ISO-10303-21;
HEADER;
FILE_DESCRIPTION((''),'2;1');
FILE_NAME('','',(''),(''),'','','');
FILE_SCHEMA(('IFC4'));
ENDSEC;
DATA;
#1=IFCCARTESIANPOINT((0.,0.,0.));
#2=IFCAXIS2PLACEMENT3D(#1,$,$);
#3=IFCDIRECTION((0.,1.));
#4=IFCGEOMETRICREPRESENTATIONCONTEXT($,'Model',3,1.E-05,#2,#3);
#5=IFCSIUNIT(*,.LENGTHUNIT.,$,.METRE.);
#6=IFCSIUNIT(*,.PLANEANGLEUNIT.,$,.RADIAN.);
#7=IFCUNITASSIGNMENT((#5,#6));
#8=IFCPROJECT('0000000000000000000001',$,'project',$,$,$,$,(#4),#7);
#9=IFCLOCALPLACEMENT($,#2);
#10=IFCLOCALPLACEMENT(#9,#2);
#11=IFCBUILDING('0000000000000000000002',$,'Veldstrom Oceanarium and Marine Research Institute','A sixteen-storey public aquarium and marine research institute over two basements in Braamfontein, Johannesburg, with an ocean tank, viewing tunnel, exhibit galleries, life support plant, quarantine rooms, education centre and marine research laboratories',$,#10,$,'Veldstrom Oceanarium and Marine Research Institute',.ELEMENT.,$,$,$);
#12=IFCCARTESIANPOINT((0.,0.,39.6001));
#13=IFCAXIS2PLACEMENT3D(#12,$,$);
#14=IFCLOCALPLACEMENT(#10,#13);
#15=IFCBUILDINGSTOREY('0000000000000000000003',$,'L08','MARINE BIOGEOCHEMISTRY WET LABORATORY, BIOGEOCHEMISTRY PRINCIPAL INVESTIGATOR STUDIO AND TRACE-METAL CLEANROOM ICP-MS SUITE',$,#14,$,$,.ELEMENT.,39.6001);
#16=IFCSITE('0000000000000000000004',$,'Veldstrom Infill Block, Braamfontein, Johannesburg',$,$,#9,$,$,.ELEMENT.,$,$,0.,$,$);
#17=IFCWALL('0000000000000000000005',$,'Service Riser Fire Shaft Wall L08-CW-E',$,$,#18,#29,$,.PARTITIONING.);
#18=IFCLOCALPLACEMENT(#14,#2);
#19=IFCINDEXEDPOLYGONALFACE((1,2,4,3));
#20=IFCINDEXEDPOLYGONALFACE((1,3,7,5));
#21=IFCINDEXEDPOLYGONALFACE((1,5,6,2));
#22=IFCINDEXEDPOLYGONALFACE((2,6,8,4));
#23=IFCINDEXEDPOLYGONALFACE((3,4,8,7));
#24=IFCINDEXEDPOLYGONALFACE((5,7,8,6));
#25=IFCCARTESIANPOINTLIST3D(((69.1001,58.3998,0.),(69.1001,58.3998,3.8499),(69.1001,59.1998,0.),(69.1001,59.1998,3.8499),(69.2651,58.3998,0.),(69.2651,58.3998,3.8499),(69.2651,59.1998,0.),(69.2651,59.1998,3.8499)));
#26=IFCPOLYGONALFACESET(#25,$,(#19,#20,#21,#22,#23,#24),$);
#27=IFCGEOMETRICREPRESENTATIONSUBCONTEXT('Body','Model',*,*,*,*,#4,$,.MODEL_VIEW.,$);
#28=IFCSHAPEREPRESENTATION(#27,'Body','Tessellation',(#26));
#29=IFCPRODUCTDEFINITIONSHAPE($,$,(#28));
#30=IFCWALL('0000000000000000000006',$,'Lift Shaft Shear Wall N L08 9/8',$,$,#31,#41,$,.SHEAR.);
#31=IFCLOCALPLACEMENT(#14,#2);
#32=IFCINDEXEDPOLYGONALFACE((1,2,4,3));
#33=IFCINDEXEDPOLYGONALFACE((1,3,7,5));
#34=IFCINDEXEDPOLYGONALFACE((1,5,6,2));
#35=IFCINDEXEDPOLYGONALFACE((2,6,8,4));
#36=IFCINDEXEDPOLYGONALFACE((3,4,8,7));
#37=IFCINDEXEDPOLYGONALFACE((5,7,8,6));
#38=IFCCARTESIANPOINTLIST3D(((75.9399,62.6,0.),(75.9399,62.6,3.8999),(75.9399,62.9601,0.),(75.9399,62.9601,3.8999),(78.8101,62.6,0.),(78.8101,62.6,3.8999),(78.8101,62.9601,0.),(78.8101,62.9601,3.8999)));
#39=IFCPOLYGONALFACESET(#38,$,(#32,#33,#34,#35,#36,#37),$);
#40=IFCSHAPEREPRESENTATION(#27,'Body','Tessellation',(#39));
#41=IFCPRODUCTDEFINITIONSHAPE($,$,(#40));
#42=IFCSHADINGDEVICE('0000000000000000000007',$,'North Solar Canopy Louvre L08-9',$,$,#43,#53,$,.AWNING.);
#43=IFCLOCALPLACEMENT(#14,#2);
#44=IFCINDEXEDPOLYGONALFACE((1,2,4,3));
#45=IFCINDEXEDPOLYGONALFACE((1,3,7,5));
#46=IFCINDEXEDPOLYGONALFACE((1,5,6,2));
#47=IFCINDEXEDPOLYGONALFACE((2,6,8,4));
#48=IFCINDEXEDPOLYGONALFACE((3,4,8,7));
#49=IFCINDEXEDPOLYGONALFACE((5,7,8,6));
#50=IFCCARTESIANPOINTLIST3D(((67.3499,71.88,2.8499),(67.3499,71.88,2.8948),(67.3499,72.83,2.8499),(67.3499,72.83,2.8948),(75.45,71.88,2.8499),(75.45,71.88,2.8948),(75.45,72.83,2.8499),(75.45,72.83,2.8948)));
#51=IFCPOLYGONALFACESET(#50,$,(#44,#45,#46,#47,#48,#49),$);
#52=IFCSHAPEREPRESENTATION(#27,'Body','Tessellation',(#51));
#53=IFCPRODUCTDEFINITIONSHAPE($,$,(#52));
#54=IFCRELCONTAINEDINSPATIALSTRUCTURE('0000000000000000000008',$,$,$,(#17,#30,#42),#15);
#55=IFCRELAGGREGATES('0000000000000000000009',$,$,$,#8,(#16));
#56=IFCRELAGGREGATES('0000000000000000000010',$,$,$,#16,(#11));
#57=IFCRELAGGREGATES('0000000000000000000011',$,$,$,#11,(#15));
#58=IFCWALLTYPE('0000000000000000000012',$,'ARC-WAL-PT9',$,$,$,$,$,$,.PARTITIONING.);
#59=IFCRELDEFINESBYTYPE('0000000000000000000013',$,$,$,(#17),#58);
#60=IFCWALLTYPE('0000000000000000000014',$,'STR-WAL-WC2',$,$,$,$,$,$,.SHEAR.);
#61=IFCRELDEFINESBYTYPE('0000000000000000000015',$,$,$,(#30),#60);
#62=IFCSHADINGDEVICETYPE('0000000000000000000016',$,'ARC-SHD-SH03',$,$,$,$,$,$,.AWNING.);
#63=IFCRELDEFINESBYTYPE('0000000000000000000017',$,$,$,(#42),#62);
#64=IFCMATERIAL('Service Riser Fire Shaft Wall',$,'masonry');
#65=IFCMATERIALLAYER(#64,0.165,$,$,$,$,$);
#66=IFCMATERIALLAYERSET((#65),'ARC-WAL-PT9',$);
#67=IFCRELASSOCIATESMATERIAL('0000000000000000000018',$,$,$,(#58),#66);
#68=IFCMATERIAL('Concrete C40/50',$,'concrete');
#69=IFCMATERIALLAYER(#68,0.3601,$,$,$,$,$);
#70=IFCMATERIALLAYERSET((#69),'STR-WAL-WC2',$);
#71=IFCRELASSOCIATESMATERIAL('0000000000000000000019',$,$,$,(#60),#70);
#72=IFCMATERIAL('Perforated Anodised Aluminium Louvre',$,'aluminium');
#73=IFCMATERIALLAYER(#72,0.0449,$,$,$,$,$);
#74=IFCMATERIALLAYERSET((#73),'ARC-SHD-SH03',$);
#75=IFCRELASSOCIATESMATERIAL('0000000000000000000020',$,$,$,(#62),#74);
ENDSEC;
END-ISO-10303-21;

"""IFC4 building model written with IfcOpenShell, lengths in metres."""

from ifc_helpers import new_model, si_unit, direction, frame, frame_2d, origin, origin_2d, place, context, subcontext, project, spatial, rectangle, extrude, material, layer, layer_set, type_object, element, save


model = new_model("IFC4")

# Units and contexts
model_context = context("Model", 3, precision=1e-05, world=origin(), true_north=direction((0.0, 1.0)))
body_context = subcontext(model_context, "Body", "Model", "MODEL_VIEW")
ifc_project = project(units=[si_unit("LENGTHUNIT", "METRE"), si_unit("PLANEANGLEUNIT", "RADIAN")], contexts=[model_context])

# Site, building, storey
site_placement = place(None, origin())
site = spatial("IfcSite", under=ifc_project, at=site_placement, Name="Veldstrom Infill Block, Braamfontein, Johannesburg", CompositionType="ELEMENT", RefElevation=0.0)
building_placement = place(site_placement, origin())
building = spatial("IfcBuilding", under=site, at=building_placement, Name="Veldstrom Oceanarium and Marine Research Institute", Description="A sixteen-storey public aquarium and marine research institute over two basements in Braamfontein, Johannesburg, with an ocean tank, viewing tunnel, exhibit galleries, life support plant, quarantine rooms, education centre and marine research laboratories", LongName="Veldstrom Oceanarium and Marine Research Institute", CompositionType="ELEMENT")
storey_placement = place(building_placement, frame((0.0, 0.0, 39.6001)))
storey = spatial("IfcBuildingStorey", under=building, at=storey_placement, Name="L08", Description="MARINE BIOGEOCHEMISTRY WET LABORATORY, BIOGEOCHEMISTRY PRINCIPAL INVESTIGATOR STUDIO AND TRACE-METAL CLEANROOM ICP-MS SUITE", CompositionType="ELEMENT", Elevation=39.6001)

# Walls
ifc_material_1 = material(Name="Service Riser Fire Shaft Wall", Category="masonry")
ifc_layer_1 = layer(ifc_material_1, 0.165)
ifc_layer_set_1 = layer_set([ifc_layer_1], Name="ARC-WAL-PT9")
wall_type_1 = type_object("IfcWallType", Name="ARC-WAL-PT9", PredefinedType="PARTITIONING", material=ifc_layer_set_1)
for number, where, z_axis, x_axis, name in (
    (1, (69.1826, 58.3999, 0.0), (0.0, 0.0, 1.0), (0.0, 1.0, 0.0), "Service Riser Fire Shaft Wall L08-CW-E"),
):
    element("IfcWall", number, at=place(storey_placement, frame(where, z_axis=z_axis, x_axis=x_axis)), inside=storey, type_object=wall_type_1, Name=name, PredefinedType="PARTITIONING", context=body_context, shape_type="SweptSolid", body=[
        extrude(rectangle(XDim=0.8, YDim=0.165, at=frame_2d((0.3999, 0.0))), origin(), (0.0, 0.0, 1.0), 3.8499),
    ])
ifc_material_2 = material(Name="Concrete C40/50", Category="concrete")
ifc_layer_2 = layer(ifc_material_2, 0.3601)
ifc_layer_set_2 = layer_set([ifc_layer_2], Name="STR-WAL-WC2")
wall_type_2 = type_object("IfcWallType", Name="STR-WAL-WC2", PredefinedType="SHEAR", material=ifc_layer_set_2)
wall_1_placement = place(storey_placement, frame((75.9399, 62.78, 0.0), z_axis=(0.0, 0.0, 1.0), x_axis=(1.0, 0.0, 0.0)))
element("IfcWall", 2, at=wall_1_placement, inside=storey, type_object=wall_type_2, Name="Lift Shaft Shear Wall N L08 9/8", PredefinedType="SHEAR", context=body_context, shape_type="SweptSolid", body=[
    extrude(rectangle(XDim=2.8701, YDim=0.3601, at=frame_2d((1.4351, 0.0))), origin(), (0.0, 0.0, 1.0), 3.8999),
])

# Shading device
ifc_material_3 = material(Name="Perforated Anodised Aluminium Louvre", Category="aluminium")
ifc_layer_3 = layer(ifc_material_3, 0.0449)
ifc_layer_set_3 = layer_set([ifc_layer_3], Name="ARC-SHD-SH03")
shading_device_type = type_object("IfcShadingDeviceType", Name="ARC-SHD-SH03", PredefinedType="AWNING", material=ifc_layer_set_3)
shading_device_placement = place(storey_placement, frame((71.3999, 72.355, 2.8499), z_axis=(0.0, 0.0, 1.0), x_axis=(1.0, 0.0, 0.0)))
element("IfcShadingDevice", 3, at=shading_device_placement, inside=storey, type_object=shading_device_type, Name="North Solar Canopy Louvre L08-9", PredefinedType="AWNING", context=body_context, shape_type="SweptSolid", body=[
    extrude(rectangle(XDim=8.1001, YDim=0.95, at=origin_2d()), origin(), (0.0, 0.0, 1.0), 0.0449),
])

save(model, "model.ifc")
